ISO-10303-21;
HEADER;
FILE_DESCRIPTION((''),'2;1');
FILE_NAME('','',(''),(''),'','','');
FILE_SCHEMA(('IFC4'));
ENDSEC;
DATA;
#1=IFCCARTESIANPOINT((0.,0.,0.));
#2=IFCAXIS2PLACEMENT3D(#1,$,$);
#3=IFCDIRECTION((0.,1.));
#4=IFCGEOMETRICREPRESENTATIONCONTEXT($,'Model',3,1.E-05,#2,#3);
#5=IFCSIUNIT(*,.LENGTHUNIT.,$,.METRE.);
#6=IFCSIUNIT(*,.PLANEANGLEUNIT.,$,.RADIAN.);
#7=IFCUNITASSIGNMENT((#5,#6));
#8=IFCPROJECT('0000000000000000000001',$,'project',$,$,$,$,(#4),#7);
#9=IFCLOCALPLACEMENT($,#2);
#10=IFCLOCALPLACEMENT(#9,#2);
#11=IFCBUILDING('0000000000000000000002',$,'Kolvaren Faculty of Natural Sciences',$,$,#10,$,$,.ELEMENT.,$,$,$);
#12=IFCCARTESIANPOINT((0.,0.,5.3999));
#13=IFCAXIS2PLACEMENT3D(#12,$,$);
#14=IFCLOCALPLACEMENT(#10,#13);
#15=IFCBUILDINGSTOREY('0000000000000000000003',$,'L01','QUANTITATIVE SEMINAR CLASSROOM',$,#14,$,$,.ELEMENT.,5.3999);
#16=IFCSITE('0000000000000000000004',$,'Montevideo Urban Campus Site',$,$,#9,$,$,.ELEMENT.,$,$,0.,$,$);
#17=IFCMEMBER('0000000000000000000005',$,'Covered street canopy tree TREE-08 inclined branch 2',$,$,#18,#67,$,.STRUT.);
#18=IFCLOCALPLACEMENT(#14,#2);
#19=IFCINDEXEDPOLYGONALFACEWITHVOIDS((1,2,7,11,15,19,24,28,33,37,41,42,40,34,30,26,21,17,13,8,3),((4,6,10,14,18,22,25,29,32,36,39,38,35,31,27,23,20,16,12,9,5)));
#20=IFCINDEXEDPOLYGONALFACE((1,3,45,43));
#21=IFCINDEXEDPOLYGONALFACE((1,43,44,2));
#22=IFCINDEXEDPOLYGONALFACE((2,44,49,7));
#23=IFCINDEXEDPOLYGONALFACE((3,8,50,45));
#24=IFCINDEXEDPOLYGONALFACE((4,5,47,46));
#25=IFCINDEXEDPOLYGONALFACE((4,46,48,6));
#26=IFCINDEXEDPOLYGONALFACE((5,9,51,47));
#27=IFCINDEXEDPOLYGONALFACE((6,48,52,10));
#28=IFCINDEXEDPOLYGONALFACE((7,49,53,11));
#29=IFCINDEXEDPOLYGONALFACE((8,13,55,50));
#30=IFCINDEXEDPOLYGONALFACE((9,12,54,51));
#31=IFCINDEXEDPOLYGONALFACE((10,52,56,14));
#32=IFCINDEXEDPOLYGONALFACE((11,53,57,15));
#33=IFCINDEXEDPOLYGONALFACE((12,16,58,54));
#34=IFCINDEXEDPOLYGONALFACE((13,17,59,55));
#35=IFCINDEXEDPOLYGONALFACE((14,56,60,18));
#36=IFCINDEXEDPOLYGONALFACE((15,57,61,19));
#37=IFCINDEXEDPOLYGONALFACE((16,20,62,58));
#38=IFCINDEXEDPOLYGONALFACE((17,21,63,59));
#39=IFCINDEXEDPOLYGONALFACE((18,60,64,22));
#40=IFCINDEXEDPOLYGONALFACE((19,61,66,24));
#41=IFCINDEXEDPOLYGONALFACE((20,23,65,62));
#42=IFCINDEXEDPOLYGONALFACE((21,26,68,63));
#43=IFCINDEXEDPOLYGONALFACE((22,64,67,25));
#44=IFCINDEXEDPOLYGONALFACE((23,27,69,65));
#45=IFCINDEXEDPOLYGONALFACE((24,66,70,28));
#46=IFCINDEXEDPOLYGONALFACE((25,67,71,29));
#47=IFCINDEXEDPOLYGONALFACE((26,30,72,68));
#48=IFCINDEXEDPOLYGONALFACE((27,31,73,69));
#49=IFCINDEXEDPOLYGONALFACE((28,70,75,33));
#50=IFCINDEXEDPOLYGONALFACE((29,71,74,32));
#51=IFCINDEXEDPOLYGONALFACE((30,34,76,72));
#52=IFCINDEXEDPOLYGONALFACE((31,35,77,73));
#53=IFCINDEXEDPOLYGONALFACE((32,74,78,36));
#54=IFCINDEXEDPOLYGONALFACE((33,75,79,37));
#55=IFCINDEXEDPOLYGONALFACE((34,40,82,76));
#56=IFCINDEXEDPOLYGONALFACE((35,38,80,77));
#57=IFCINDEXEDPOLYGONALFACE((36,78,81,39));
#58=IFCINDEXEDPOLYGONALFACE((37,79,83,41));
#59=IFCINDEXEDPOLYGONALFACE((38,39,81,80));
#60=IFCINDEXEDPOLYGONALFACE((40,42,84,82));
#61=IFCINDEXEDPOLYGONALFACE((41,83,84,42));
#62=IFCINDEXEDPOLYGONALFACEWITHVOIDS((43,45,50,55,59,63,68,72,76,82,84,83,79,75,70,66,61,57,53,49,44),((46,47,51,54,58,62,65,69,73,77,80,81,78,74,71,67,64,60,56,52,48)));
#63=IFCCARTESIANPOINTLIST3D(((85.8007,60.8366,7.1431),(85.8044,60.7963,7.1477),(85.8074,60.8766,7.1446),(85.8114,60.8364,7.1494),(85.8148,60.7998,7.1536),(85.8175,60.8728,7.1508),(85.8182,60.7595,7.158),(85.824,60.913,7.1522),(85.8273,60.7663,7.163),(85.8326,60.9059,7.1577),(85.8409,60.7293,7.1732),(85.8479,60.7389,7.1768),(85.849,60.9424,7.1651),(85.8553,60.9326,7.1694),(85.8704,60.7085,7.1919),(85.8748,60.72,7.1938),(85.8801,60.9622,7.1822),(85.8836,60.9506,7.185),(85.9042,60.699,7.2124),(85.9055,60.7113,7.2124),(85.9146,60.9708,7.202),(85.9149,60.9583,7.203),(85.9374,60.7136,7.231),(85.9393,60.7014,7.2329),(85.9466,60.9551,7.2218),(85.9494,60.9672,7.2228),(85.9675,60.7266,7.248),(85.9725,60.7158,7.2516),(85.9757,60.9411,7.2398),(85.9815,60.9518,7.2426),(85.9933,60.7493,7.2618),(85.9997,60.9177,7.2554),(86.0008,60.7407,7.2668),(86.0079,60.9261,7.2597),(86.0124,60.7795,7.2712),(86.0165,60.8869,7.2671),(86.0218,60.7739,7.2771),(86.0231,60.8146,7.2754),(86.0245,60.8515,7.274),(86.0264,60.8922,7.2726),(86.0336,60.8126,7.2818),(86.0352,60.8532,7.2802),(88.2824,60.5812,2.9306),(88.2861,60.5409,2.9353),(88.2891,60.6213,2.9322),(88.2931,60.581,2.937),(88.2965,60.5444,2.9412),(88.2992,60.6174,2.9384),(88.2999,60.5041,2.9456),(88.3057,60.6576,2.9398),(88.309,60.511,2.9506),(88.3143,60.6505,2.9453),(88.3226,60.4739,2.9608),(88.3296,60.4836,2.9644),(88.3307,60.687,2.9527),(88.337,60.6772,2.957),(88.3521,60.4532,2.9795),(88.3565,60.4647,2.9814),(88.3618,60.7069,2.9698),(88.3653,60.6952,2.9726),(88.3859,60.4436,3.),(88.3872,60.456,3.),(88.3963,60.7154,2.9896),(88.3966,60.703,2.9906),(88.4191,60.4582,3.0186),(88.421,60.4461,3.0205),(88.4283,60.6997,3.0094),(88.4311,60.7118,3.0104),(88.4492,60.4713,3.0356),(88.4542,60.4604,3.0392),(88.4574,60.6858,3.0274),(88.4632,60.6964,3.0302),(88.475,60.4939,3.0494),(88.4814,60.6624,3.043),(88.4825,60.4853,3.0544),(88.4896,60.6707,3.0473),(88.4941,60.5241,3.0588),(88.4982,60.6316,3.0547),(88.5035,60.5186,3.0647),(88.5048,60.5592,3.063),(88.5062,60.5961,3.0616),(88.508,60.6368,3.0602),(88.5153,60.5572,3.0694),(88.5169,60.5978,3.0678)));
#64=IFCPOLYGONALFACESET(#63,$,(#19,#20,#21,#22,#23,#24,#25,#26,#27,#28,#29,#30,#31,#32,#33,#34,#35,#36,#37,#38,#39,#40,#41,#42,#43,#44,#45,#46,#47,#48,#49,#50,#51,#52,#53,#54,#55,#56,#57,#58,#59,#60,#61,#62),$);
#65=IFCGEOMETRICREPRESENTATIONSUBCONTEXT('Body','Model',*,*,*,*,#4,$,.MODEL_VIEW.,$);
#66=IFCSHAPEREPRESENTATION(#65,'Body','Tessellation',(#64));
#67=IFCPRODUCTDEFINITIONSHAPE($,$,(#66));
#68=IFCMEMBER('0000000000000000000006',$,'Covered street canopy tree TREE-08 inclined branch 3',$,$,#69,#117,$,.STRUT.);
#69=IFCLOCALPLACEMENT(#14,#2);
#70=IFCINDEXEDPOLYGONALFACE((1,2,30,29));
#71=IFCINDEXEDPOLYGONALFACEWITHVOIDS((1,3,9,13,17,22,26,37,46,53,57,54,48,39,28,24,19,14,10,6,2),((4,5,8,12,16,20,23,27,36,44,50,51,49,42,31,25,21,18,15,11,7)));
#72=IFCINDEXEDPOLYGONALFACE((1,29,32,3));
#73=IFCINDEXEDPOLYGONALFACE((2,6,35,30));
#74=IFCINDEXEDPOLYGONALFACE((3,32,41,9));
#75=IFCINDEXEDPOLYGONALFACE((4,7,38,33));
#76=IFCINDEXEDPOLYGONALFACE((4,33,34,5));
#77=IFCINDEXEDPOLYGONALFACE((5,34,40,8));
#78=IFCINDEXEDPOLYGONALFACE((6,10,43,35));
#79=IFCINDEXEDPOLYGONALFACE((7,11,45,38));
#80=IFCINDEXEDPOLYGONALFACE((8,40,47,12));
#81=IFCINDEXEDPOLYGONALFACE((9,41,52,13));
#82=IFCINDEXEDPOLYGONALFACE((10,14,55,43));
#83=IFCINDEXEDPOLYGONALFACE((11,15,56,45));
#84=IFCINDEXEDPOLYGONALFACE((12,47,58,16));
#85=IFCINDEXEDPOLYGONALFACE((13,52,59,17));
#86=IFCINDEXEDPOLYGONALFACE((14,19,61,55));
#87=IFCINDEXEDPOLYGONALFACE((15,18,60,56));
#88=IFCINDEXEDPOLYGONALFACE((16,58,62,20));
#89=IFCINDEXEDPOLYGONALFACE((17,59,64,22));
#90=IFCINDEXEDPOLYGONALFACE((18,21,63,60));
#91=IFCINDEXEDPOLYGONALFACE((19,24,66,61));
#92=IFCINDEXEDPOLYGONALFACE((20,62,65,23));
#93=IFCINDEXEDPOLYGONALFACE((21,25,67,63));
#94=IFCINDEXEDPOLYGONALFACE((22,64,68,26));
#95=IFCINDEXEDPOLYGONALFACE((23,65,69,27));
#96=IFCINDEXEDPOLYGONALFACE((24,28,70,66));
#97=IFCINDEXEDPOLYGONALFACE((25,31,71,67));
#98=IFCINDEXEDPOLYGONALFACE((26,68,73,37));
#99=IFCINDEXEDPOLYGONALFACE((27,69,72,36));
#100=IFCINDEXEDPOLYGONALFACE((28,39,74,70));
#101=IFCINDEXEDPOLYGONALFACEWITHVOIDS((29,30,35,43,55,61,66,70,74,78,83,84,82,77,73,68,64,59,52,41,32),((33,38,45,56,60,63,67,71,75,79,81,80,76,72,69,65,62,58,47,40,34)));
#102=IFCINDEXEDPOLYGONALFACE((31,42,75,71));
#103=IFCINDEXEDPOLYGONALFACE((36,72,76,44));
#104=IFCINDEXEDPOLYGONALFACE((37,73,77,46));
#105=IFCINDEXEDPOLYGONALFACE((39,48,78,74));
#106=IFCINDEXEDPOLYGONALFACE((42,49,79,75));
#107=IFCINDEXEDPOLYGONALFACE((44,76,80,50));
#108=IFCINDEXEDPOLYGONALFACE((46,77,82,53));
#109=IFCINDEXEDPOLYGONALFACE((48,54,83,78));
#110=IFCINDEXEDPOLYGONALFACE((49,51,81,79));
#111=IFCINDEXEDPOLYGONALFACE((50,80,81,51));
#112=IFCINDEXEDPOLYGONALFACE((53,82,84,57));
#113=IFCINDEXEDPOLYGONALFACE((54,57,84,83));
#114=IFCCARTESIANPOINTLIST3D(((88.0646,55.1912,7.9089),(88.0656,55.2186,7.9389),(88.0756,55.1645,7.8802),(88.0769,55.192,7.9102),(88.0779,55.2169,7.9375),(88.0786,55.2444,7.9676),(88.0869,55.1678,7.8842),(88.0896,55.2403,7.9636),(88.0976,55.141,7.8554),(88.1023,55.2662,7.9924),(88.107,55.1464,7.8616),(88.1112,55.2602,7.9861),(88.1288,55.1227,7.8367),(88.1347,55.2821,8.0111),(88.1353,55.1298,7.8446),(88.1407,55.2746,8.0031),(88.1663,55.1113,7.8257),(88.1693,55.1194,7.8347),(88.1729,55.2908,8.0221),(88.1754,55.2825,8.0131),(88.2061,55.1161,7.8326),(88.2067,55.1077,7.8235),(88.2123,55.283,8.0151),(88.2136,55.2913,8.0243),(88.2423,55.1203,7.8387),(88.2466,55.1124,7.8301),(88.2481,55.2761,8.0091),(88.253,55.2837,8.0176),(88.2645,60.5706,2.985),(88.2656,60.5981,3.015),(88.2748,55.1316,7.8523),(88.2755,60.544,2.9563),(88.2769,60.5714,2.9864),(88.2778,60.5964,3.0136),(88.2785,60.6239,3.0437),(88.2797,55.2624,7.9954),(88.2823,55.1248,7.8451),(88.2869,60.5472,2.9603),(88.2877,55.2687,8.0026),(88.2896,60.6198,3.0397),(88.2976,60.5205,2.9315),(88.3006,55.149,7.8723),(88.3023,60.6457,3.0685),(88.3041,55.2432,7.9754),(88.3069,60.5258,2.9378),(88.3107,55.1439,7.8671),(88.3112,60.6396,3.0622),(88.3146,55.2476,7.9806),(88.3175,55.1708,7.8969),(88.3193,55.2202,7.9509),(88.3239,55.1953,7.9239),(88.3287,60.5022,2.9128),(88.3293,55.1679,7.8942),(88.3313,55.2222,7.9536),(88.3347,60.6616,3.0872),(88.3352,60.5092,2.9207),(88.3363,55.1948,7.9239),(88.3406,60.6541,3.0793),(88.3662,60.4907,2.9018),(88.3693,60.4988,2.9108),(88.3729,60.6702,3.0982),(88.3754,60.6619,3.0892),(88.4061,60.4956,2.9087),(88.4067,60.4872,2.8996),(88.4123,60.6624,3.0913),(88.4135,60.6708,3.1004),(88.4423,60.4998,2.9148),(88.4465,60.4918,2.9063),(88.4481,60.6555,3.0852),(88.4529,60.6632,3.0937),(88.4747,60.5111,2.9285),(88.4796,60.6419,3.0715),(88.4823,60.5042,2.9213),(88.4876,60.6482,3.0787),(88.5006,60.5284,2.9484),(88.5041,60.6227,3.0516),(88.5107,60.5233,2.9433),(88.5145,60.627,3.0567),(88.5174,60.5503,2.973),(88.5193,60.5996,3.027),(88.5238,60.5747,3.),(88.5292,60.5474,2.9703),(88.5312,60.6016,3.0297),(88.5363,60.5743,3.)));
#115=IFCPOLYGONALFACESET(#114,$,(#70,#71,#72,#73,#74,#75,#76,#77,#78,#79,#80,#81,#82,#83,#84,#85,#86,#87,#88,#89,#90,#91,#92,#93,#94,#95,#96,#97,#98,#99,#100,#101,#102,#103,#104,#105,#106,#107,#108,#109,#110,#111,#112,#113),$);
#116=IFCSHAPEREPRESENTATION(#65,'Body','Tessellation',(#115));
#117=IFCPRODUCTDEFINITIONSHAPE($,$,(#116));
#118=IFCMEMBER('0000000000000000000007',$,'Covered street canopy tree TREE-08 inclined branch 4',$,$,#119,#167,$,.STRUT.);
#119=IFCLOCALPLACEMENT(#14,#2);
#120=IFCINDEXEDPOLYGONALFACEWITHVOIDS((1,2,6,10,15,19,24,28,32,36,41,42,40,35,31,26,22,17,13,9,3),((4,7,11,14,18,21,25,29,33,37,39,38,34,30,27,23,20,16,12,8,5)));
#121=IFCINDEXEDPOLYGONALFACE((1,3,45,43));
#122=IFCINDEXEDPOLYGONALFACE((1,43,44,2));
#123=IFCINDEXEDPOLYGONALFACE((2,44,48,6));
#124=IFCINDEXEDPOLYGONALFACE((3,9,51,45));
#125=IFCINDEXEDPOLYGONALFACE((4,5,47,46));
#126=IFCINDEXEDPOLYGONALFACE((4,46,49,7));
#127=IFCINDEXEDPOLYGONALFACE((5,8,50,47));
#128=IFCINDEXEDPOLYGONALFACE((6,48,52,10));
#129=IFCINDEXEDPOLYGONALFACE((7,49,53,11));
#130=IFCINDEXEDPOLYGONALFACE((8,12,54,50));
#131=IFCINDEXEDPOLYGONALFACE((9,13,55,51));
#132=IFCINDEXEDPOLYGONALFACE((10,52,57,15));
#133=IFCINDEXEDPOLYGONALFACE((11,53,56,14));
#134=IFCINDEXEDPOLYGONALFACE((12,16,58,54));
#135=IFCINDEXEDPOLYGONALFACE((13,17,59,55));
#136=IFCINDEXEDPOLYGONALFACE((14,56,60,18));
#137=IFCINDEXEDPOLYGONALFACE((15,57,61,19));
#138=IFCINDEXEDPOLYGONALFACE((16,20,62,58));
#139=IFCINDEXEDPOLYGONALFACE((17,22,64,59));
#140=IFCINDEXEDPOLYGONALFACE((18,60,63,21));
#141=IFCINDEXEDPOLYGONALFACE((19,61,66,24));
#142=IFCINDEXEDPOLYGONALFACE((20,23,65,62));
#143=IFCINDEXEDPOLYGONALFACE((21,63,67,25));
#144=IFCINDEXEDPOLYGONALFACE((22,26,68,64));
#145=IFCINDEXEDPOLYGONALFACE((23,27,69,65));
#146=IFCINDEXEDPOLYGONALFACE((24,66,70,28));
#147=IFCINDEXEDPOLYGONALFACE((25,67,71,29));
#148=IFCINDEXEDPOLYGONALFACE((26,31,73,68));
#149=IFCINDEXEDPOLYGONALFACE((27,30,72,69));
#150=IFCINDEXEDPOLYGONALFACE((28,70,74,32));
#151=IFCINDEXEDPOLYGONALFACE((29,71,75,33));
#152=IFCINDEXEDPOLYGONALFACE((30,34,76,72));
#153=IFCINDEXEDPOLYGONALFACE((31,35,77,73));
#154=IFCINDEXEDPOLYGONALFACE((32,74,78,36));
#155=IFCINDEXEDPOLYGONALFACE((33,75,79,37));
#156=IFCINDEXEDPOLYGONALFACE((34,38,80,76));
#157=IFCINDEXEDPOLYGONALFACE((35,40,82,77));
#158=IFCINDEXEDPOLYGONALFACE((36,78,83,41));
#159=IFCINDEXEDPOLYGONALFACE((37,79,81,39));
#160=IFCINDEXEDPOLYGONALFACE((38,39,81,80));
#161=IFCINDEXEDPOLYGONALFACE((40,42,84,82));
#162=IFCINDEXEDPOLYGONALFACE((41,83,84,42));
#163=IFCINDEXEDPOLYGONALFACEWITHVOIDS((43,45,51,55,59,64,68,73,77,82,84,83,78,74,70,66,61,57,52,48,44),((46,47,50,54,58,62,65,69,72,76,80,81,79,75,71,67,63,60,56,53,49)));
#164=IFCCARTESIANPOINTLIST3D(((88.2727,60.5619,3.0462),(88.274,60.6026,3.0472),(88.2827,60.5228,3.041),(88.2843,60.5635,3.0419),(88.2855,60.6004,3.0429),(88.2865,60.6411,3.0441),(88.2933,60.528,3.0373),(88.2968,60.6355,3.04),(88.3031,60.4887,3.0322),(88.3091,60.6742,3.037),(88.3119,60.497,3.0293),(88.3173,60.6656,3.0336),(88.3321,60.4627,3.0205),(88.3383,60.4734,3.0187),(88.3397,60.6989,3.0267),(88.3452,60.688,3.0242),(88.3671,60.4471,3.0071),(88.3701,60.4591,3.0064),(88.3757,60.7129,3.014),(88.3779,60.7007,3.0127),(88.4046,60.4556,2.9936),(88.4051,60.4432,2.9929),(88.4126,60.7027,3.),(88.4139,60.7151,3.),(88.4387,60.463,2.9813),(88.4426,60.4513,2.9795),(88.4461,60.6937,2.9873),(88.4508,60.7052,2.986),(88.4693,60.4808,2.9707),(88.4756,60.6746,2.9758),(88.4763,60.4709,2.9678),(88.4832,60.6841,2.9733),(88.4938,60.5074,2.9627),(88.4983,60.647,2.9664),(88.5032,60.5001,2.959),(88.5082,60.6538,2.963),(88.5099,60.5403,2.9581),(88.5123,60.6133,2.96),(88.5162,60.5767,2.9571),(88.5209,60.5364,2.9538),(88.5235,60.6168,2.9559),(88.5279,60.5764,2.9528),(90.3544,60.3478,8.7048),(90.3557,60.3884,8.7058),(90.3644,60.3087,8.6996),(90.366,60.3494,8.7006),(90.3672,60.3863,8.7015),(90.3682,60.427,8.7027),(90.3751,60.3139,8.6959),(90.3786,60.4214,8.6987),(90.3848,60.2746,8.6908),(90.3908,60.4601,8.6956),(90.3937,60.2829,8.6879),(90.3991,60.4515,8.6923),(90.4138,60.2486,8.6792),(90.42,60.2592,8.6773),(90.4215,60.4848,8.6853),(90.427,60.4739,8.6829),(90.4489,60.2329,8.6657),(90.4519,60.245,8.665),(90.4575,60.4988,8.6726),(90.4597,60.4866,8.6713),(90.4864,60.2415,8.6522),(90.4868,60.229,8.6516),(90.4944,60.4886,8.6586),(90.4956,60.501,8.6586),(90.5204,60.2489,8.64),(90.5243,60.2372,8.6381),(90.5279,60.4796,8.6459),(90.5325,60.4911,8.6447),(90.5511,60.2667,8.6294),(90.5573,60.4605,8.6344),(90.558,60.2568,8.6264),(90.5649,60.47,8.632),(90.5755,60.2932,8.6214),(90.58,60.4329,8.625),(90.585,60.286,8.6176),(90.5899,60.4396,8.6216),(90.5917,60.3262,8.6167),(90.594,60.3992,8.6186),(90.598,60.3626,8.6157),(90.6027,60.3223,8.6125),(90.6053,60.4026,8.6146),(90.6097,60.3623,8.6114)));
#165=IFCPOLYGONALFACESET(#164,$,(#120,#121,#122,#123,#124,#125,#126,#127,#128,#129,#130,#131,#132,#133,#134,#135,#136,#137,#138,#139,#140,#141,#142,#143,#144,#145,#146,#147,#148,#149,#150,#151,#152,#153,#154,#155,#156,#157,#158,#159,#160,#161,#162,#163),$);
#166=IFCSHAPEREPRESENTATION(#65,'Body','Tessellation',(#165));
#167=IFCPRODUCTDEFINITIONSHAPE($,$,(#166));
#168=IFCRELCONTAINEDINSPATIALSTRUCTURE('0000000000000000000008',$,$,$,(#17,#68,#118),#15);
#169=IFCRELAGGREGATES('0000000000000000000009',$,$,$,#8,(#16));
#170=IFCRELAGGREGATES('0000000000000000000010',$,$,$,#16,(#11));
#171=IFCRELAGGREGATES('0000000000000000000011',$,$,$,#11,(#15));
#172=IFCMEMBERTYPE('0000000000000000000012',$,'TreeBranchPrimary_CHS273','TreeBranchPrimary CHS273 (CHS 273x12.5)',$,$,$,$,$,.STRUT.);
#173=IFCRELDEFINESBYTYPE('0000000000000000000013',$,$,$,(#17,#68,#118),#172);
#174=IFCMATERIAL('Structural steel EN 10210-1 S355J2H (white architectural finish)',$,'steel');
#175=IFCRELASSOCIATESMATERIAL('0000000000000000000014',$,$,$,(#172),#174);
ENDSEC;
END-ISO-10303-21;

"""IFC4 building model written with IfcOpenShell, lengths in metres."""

from ifc_helpers import new_model, si_unit, direction, frame, origin, origin_2d, place, context, subcontext, project, spatial, hollow_circle, extrude, material, material_profile, profile_set, type_object, element, save


model = new_model("IFC4")

# Units and contexts
model_context = context("Model", 3, precision=1e-05, world=origin(), true_north=direction((0.0, 1.0)))
body_context = subcontext(model_context, "Body", "Model", "MODEL_VIEW")
ifc_project = project(units=[si_unit("LENGTHUNIT", "METRE"), si_unit("PLANEANGLEUNIT", "RADIAN")], contexts=[model_context])

# Site, building, storey
site_placement = place(None, origin())
site = spatial("IfcSite", under=ifc_project, at=site_placement, Name="Montevideo Urban Campus Site", CompositionType="ELEMENT", RefElevation=0.0)
building_placement = place(site_placement, origin())
building = spatial("IfcBuilding", under=site, at=building_placement, Name="Kolvaren Faculty of Natural Sciences", CompositionType="ELEMENT")
storey_placement = place(building_placement, frame((0.0, 0.0, 5.3999)))
storey = spatial("IfcBuildingStorey", under=building, at=storey_placement, Name="L01", Description="QUANTITATIVE SEMINAR CLASSROOM", CompositionType="ELEMENT", Elevation=5.3999)

# Members
ifc_material_1 = material(Name="Structural steel EN 10210-1 S355J2H (white architectural finish)", Category="steel")
ifc_material_profile_1 = material_profile(ifc_material_1, hollow_circle(Radius=0.1365, WallThickness=0.0125, at=origin_2d()), Name="CHS 273x12.5")
ifc_profile_set_1 = profile_set([ifc_material_profile_1], Name="Structural steel EN 10210-1 S355J2H (white architectural finish)")
member_type = type_object("IfcMemberType", Name="TreeBranchPrimary_CHS273", Description="TreeBranchPrimary CHS273 (CHS 273x12.5)", PredefinedType="STRUT", material=ifc_profile_set_1)
member_1_placement = place(storey_placement, frame((88.3999, 60.5793, 3.0), z_axis=(-0.506907, 0.052162, 0.860421), x_axis=(-0.102362, -0.994747, 0.0)))
element("IfcMember", 1, at=member_1_placement, inside=storey, type_object=member_type, Name="Covered street canopy tree TREE-08 inclined branch 2", PredefinedType="STRUT", context=body_context, shape_type="SweptSolid", body=[
    extrude(hollow_circle(Radius=0.1365, WallThickness=0.0125, at=origin_2d()), origin(), (0.0, 0.0, 1.0), 4.8958),
])
member_2_placement = place(storey_placement, frame((88.3999, 60.5793, 3.0), z_axis=(-0.027408, -0.737374, 0.674928), x_axis=(0.99931, -0.037144, 0.0)))
element("IfcMember", 2, at=member_2_placement, inside=storey, type_object=member_type, Name="Covered street canopy tree TREE-08 inclined branch 3", PredefinedType="STRUT", context=body_context, shape_type="SweptSolid", body=[
    extrude(hollow_circle(Radius=0.1365, WallThickness=0.0125, at=origin_2d()), origin(), (0.0, 0.0, 1.0), 7.2954),
])
member_3_placement = place(storey_placement, frame((88.3999, 60.5793, 3.0), z_axis=(0.345051, -0.035488, 0.937913), x_axis=(0.10231, 0.994753, 0.0)))
element("IfcMember", 3, at=member_3_placement, inside=storey, type_object=member_type, Name="Covered street canopy tree TREE-08 inclined branch 4", PredefinedType="STRUT", context=body_context, shape_type="SweptSolid", body=[
    extrude(hollow_circle(Radius=0.1365, WallThickness=0.0125, at=origin_2d()), origin(), (0.0, 0.0, 1.0), 6.0332),
])

save(model, "model.ifc")
